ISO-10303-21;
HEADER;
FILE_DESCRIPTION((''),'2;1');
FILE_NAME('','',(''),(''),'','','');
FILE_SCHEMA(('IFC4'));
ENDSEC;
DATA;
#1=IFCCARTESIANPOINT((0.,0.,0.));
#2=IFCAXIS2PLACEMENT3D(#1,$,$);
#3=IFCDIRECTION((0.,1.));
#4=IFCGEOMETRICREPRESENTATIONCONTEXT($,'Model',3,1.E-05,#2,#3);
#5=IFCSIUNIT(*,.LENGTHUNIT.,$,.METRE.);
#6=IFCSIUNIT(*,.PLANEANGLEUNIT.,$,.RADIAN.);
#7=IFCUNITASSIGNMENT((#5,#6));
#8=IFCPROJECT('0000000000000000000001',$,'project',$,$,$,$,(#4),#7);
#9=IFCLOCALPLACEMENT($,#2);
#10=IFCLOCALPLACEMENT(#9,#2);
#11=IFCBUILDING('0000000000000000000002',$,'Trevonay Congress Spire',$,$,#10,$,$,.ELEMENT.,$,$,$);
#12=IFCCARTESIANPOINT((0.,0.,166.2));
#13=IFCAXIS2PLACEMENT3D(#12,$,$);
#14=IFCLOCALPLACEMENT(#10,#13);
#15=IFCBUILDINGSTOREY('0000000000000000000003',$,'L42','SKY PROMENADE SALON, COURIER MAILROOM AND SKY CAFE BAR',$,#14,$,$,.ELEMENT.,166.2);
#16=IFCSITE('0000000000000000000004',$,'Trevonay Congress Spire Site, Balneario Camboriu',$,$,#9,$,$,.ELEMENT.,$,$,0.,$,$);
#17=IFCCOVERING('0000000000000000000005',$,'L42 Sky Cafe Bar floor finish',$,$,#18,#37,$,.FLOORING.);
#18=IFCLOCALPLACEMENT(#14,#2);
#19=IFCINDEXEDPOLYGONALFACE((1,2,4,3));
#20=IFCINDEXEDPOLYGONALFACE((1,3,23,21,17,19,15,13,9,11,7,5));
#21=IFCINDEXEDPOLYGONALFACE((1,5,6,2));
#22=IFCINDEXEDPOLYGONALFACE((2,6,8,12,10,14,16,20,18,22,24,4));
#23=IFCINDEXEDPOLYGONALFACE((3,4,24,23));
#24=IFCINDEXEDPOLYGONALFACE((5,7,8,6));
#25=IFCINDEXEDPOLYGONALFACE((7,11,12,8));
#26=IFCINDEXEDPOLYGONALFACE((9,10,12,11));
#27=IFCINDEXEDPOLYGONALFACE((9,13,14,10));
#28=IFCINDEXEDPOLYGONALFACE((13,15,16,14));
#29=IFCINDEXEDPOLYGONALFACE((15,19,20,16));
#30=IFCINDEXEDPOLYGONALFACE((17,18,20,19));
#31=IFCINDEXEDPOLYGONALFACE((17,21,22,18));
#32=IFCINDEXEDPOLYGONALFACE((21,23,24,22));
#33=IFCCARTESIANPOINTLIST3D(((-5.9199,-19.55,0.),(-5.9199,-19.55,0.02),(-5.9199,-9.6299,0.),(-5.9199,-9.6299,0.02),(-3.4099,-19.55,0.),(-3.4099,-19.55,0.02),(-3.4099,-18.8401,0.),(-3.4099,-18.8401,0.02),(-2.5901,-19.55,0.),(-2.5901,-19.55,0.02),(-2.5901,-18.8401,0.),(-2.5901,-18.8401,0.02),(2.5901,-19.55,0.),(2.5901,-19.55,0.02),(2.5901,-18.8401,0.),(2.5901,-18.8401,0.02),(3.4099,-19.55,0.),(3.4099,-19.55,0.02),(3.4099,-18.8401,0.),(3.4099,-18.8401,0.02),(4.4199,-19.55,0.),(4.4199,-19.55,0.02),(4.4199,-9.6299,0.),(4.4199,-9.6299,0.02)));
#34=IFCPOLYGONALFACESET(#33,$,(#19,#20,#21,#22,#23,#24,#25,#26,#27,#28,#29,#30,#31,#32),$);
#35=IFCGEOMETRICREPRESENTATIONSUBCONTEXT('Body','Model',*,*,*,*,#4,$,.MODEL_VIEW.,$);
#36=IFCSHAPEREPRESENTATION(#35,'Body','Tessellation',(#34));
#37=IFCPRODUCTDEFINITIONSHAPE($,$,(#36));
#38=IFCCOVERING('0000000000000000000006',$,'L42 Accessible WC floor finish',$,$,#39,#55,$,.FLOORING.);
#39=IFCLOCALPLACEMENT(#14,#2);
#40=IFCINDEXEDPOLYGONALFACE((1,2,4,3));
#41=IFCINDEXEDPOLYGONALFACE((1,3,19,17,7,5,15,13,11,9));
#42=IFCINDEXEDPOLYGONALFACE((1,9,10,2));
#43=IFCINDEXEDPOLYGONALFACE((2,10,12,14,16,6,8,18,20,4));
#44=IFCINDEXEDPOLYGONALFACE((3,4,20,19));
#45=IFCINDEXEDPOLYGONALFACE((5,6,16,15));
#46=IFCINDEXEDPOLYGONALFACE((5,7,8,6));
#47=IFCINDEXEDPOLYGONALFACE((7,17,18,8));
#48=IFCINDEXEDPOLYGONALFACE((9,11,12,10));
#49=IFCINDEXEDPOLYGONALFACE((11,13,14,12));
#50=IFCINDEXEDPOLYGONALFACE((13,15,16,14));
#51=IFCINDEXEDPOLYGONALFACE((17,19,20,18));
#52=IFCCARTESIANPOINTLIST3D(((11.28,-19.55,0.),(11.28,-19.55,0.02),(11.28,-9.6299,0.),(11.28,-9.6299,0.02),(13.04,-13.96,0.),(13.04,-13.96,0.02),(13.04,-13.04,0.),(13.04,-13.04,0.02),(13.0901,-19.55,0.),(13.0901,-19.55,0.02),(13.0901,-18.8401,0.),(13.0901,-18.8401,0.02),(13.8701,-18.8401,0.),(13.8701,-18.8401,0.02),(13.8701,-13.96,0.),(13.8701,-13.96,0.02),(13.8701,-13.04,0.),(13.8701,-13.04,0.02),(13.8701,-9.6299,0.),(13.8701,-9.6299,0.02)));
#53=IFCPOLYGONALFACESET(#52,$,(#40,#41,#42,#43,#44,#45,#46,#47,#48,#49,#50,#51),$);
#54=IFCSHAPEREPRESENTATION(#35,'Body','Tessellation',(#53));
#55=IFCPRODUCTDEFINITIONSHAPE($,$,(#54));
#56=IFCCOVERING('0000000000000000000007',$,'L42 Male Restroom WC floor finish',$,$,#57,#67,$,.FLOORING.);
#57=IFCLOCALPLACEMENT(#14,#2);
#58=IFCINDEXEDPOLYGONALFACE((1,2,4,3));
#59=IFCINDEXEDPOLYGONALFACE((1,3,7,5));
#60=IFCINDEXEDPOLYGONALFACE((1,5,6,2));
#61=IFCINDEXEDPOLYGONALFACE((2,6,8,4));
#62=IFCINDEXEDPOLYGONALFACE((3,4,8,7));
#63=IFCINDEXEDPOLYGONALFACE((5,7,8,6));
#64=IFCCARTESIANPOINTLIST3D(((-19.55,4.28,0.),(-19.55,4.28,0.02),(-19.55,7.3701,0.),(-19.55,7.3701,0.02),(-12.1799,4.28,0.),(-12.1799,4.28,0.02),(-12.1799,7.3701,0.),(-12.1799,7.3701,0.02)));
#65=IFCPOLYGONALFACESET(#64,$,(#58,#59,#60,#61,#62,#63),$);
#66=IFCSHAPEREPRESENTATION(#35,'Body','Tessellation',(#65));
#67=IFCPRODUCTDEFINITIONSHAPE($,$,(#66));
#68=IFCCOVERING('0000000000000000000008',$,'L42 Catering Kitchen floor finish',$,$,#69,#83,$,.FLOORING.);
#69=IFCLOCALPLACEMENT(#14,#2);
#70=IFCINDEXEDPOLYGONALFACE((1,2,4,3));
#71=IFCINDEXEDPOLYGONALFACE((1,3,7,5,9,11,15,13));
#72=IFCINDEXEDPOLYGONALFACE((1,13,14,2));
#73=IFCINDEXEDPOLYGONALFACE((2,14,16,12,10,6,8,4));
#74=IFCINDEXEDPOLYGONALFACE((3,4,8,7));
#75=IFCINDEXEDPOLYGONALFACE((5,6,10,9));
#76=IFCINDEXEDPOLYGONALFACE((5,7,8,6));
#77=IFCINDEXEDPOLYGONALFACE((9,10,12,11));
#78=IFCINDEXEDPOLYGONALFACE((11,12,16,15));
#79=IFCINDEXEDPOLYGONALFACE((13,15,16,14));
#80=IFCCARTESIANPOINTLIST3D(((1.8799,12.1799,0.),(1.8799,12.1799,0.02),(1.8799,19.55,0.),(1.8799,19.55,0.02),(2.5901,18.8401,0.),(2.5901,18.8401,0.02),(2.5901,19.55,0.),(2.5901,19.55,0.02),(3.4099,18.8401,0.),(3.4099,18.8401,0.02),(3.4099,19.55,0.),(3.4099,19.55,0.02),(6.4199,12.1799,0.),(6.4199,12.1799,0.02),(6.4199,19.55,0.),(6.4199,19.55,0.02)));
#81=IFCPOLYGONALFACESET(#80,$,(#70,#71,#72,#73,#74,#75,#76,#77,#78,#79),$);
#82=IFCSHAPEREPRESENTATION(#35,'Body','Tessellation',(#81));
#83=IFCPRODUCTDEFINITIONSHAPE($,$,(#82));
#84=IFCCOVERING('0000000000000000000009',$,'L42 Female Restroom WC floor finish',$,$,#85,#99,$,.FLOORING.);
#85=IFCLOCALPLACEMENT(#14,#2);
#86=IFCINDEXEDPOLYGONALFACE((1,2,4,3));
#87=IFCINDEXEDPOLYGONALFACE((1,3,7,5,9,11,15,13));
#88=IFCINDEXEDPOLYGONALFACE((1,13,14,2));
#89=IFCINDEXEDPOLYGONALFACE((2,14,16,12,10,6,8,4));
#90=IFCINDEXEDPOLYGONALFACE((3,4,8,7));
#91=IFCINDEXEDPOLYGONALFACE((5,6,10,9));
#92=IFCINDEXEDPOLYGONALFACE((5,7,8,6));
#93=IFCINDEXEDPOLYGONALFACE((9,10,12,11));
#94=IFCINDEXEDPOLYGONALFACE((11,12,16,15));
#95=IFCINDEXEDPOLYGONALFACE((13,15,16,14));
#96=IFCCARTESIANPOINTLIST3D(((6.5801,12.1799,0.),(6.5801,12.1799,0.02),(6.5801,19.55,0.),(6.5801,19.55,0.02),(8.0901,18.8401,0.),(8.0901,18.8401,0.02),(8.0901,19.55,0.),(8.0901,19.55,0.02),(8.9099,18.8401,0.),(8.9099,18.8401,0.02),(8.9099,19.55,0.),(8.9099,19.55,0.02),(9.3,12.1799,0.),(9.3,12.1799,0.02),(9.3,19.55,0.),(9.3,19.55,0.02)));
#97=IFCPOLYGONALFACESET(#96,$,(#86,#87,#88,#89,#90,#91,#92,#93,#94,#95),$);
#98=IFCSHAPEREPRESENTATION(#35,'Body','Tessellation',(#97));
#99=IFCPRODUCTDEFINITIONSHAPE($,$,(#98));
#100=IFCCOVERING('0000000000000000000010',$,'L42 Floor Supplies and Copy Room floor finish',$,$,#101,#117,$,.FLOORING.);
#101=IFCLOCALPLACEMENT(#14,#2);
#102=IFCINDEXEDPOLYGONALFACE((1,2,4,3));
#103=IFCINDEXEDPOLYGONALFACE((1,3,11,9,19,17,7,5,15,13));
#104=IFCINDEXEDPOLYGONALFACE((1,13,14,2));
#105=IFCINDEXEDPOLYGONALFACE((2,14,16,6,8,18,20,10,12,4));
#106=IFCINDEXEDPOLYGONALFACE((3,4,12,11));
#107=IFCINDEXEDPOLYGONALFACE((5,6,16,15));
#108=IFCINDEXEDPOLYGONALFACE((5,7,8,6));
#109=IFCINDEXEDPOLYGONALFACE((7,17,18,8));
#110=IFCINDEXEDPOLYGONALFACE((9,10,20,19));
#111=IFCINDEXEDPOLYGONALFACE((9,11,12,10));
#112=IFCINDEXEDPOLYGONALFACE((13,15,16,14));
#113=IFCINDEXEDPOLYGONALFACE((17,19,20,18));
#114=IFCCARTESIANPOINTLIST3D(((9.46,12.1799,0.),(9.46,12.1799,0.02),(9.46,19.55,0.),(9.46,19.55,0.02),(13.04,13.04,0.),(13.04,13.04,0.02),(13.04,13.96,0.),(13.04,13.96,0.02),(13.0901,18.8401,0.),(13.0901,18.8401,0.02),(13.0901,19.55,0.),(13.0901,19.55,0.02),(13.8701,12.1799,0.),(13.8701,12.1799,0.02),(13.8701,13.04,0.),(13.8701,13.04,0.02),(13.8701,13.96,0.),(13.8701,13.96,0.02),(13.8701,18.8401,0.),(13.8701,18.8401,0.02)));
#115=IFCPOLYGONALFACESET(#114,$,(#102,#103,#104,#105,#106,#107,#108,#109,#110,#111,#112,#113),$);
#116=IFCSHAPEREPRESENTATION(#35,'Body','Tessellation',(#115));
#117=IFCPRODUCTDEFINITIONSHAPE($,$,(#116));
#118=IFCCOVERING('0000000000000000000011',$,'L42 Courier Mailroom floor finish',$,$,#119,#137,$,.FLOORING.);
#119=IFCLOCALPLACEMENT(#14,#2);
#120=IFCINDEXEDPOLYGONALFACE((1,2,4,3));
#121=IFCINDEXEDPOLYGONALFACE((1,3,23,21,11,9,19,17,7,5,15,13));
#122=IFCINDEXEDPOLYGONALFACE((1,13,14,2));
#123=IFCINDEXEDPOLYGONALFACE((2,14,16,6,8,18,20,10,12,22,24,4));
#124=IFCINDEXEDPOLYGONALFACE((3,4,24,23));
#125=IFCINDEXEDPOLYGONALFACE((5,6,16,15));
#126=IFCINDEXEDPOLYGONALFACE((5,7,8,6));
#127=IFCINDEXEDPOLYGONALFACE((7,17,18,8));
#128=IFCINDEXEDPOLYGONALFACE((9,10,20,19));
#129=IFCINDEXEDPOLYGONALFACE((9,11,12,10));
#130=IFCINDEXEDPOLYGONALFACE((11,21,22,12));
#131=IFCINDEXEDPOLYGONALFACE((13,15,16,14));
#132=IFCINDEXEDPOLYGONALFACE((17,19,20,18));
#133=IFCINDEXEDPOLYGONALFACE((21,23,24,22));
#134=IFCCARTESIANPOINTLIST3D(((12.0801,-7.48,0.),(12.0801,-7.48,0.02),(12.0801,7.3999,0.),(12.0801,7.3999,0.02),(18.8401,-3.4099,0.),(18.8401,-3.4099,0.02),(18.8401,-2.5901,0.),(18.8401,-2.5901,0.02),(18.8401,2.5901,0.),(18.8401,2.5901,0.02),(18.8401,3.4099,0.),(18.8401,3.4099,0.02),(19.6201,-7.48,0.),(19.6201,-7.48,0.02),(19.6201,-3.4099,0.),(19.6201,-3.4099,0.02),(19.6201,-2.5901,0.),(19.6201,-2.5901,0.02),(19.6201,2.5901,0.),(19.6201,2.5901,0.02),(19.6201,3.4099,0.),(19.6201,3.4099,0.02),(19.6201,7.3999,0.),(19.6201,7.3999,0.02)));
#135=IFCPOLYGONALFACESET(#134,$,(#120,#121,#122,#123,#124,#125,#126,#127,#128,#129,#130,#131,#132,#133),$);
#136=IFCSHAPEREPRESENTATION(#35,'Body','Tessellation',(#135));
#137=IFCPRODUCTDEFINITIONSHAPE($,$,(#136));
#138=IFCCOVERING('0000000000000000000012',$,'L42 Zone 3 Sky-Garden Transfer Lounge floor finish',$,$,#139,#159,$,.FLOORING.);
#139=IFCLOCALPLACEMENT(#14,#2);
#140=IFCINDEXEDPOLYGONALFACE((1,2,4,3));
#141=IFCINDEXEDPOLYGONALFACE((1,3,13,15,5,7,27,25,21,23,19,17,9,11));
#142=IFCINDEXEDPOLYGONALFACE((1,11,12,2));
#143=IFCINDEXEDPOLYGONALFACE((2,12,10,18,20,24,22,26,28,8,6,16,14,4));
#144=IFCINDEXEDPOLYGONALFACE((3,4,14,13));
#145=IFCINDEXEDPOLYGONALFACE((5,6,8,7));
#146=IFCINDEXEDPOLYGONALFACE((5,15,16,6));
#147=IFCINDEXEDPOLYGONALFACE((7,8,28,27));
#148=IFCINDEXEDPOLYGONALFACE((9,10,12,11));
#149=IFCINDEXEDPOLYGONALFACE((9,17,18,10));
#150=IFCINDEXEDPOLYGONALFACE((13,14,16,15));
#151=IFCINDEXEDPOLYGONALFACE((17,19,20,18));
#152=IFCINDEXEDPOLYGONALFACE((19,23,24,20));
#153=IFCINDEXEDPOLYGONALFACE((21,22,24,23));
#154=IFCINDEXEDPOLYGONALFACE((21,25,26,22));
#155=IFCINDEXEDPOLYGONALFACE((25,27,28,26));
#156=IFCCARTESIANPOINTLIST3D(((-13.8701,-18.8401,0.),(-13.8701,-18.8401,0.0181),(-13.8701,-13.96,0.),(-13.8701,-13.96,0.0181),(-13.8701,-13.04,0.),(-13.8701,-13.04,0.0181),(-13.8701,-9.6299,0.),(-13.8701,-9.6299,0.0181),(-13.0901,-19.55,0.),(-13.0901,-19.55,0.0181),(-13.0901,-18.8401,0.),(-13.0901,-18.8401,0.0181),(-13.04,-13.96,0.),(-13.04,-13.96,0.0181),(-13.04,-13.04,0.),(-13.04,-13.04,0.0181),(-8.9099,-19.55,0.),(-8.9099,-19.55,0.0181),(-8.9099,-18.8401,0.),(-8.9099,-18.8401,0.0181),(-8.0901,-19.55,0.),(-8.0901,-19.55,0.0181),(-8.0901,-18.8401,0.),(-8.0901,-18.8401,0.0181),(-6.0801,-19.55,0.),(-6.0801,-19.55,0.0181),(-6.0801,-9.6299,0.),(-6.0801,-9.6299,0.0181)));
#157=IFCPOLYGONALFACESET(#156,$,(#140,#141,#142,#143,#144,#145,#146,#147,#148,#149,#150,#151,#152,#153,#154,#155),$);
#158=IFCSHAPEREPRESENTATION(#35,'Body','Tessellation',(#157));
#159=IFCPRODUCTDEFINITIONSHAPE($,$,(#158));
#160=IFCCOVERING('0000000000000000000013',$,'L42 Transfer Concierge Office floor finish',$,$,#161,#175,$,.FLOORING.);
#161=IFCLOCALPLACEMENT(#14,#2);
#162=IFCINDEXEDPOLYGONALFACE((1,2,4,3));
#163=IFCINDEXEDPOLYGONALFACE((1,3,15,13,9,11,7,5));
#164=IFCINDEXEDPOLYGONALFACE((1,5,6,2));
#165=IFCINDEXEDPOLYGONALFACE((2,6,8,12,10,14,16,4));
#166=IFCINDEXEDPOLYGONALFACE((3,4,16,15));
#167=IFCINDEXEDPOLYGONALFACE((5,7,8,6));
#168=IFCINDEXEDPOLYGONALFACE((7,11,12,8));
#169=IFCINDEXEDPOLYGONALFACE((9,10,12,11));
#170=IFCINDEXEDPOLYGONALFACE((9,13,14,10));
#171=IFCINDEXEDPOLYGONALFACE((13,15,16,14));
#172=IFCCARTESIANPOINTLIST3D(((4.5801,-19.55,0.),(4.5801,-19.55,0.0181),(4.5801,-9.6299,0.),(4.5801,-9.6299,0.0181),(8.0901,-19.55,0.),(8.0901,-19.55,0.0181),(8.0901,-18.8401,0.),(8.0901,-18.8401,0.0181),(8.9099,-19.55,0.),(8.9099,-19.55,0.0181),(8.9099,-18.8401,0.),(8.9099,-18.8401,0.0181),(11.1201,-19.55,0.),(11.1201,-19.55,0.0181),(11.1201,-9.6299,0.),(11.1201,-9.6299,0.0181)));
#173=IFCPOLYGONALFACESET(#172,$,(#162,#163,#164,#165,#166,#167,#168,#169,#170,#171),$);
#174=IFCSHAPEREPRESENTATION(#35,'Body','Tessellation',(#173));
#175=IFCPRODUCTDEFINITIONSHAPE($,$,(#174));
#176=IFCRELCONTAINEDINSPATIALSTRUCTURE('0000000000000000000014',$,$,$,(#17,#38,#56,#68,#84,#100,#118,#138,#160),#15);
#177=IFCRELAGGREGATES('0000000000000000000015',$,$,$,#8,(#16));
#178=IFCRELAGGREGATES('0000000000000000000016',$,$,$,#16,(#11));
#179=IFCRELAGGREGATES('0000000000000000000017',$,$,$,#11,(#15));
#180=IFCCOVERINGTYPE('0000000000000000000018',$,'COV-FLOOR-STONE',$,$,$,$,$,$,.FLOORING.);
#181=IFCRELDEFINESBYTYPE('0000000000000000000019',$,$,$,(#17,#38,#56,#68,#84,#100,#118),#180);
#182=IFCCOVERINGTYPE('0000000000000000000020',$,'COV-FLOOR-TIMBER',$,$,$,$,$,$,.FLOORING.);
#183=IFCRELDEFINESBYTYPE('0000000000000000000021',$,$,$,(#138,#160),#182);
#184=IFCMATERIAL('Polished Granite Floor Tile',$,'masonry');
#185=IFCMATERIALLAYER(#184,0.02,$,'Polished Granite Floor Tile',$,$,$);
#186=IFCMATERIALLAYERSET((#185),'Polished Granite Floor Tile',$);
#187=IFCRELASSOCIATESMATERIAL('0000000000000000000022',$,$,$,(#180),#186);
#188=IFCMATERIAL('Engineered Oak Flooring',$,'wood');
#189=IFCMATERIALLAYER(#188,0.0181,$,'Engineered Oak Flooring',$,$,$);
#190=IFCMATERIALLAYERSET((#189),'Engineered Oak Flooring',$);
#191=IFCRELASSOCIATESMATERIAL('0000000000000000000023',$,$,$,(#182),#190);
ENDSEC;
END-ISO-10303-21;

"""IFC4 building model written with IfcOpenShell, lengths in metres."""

from ifc_helpers import new_model, si_unit, direction, frame, origin, place, context, subcontext, project, spatial, polyline, outline, extrude, material, layer, layer_set, type_object, element, save


model = new_model("IFC4")

# Units and contexts
model_context = context("Model", 3, precision=1e-05, world=origin(), true_north=direction((0.0, 1.0)))
body_context = subcontext(model_context, "Body", "Model", "MODEL_VIEW")
ifc_project = project(units=[si_unit("LENGTHUNIT", "METRE"), si_unit("PLANEANGLEUNIT", "RADIAN")], contexts=[model_context])

# Site, building, storey
site_placement = place(None, origin())
site = spatial("IfcSite", under=ifc_project, at=site_placement, Name="Trevonay Congress Spire Site, Balneario Camboriu", CompositionType="ELEMENT", RefElevation=0.0)
building_placement = place(site_placement, origin())
building = spatial("IfcBuilding", under=site, at=building_placement, Name="Trevonay Congress Spire", CompositionType="ELEMENT")
storey_placement = place(building_placement, frame((0.0, 0.0, 166.2)))
storey = spatial("IfcBuildingStorey", under=building, at=storey_placement, Name="L42", Description="SKY PROMENADE SALON, COURIER MAILROOM AND SKY CAFE BAR", CompositionType="ELEMENT", Elevation=166.2)

# Coverings
ifc_material_1 = material(Name="Polished Granite Floor Tile", Category="masonry")
ifc_layer_1 = layer(ifc_material_1, 0.02, Name="Polished Granite Floor Tile")
ifc_layer_set_1 = layer_set([ifc_layer_1], Name="Polished Granite Floor Tile")
covering_type_1 = type_object("IfcCoveringType", Name="COV-FLOOR-STONE", PredefinedType="FLOORING", material=ifc_layer_set_1)
covering_1_placement = place(storey_placement, origin())
element("IfcCovering", 1, at=covering_1_placement, inside=storey, type_object=covering_type_1, Name="L42 Sky Cafe Bar floor finish", PredefinedType="FLOORING", context=body_context, shape_type="SweptSolid", body=[
    extrude(outline(polyline([(-5.9199, -19.55), (-5.9199, -9.6299), (4.4199, -9.6299), (4.4199, -19.55), (3.4099, -19.55), (3.4099, -18.8401), (2.5901, -18.8401), (2.5901, -19.55), (-2.5901, -19.55), (-2.5901, -18.8401), (-3.4099, -18.8401), (-3.4099, -19.55), (-5.9199, -19.55)])), origin(), (0.0, 0.0, 1.0), 0.02),
])
covering_2_placement = place(storey_placement, origin())
element("IfcCovering", 2, at=covering_2_placement, inside=storey, type_object=covering_type_1, Name="L42 Accessible WC floor finish", PredefinedType="FLOORING", context=body_context, shape_type="SweptSolid", body=[
    extrude(outline(polyline([(11.28, -19.55), (11.28, -9.6299), (13.8701, -9.6299), (13.8701, -13.04), (13.04, -13.04), (13.04, -13.96), (13.8701, -13.96), (13.8701, -18.8401), (13.0901, -18.8401), (13.0901, -19.55), (11.28, -19.55)])), origin(), (0.0, 0.0, 1.0), 0.02),
])
covering_3_placement = place(storey_placement, origin())
element("IfcCovering", 3, at=covering_3_placement, inside=storey, type_object=covering_type_1, Name="L42 Male Restroom WC floor finish", PredefinedType="FLOORING", context=body_context, shape_type="SweptSolid", body=[
    extrude(outline(polyline([(-19.55, 4.28), (-12.1799, 4.28), (-12.1799, 7.3701), (-19.55, 7.3701), (-19.55, 4.28)])), origin(), (0.0, 0.0, 1.0), 0.02),
])
covering_4_placement = place(storey_placement, origin())
element("IfcCovering", 4, at=covering_4_placement, inside=storey, type_object=covering_type_1, Name="L42 Catering Kitchen floor finish", PredefinedType="FLOORING", context=body_context, shape_type="SweptSolid", body=[
    extrude(outline(polyline([(6.4199, 19.55), (6.4199, 12.1799), (1.8799, 12.1799), (1.8799, 19.55), (2.5901, 19.55), (2.5901, 18.8401), (3.4099, 18.8401), (3.4099, 19.55), (6.4199, 19.55)])), origin(), (0.0, 0.0, 1.0), 0.02),
])
covering_5_placement = place(storey_placement, origin())
element("IfcCovering", 5, at=covering_5_placement, inside=storey, type_object=covering_type_1, Name="L42 Female Restroom WC floor finish", PredefinedType="FLOORING", context=body_context, shape_type="SweptSolid", body=[
    extrude(outline(polyline([(9.3, 19.55), (9.3, 12.1799), (6.5801, 12.1799), (6.5801, 19.55), (8.0901, 19.55), (8.0901, 18.8401), (8.9099, 18.8401), (8.9099, 19.55), (9.3, 19.55)])), origin(), (0.0, 0.0, 1.0), 0.02),
])
covering_6_placement = place(storey_placement, origin())
element("IfcCovering", 6, at=covering_6_placement, inside=storey, type_object=covering_type_1, Name="L42 Floor Supplies and Copy Room floor finish", PredefinedType="FLOORING", context=body_context, shape_type="SweptSolid", body=[
    extrude(outline(polyline([(13.8701, 12.1799), (9.46, 12.1799), (9.46, 19.55), (13.0901, 19.55), (13.0901, 18.8401), (13.8701, 18.8401), (13.8701, 13.96), (13.04, 13.96), (13.04, 13.04), (13.8701, 13.04), (13.8701, 12.1799)])), origin(), (0.0, 0.0, 1.0), 0.02),
])
covering_7_placement = place(storey_placement, origin())
element("IfcCovering", 7, at=covering_7_placement, inside=storey, type_object=covering_type_1, Name="L42 Courier Mailroom floor finish", PredefinedType="FLOORING", context=body_context, shape_type="SweptSolid", body=[
    extrude(outline(polyline([(19.6201, -7.48), (12.0801, -7.48), (12.0801, 7.3999), (19.6201, 7.3999), (19.6201, 3.4099), (18.8401, 3.4099), (18.8401, 2.5901), (19.6201, 2.5901), (19.6201, -2.5901), (18.8401, -2.5901), (18.8401, -3.4099), (19.6201, -3.4099), (19.6201, -7.48)])), origin(), (0.0, 0.0, 1.0), 0.02),
])
ifc_material_2 = material(Name="Engineered Oak Flooring", Category="wood")
ifc_layer_2 = layer(ifc_material_2, 0.0181, Name="Engineered Oak Flooring")
ifc_layer_set_2 = layer_set([ifc_layer_2], Name="Engineered Oak Flooring")
covering_type_2 = type_object("IfcCoveringType", Name="COV-FLOOR-TIMBER", PredefinedType="FLOORING", material=ifc_layer_set_2)
covering_8_placement = place(storey_placement, origin())
element("IfcCovering", 8, at=covering_8_placement, inside=storey, type_object=covering_type_2, Name="L42 Zone 3 Sky-Garden Transfer Lounge floor finish", PredefinedType="FLOORING", context=body_context, shape_type="SweptSolid", body=[
    extrude(outline(polyline([(-13.0901, -19.55), (-13.0901, -18.8401), (-13.8701, -18.8401), (-13.8701, -13.96), (-13.04, -13.96), (-13.04, -13.04), (-13.8701, -13.04), (-13.8701, -9.6299), (-6.0801, -9.6299), (-6.0801, -19.55), (-8.0901, -19.55), (-8.0901, -18.8401), (-8.9099, -18.8401), (-8.9099, -19.55), (-13.0901, -19.55)])), origin(), (0.0, 0.0, 1.0), 0.0181),
])
covering_9_placement = place(storey_placement, origin())
element("IfcCovering", 9, at=covering_9_placement, inside=storey, type_object=covering_type_2, Name="L42 Transfer Concierge Office floor finish", PredefinedType="FLOORING", context=body_context, shape_type="SweptSolid", body=[
    extrude(outline(polyline([(4.5801, -19.55), (4.5801, -9.6299), (11.1201, -9.6299), (11.1201, -19.55), (8.9099, -19.55), (8.9099, -18.8401), (8.0901, -18.8401), (8.0901, -19.55), (4.5801, -19.55)])), origin(), (0.0, 0.0, 1.0), 0.0181),
])

save(model, "model.ifc")
